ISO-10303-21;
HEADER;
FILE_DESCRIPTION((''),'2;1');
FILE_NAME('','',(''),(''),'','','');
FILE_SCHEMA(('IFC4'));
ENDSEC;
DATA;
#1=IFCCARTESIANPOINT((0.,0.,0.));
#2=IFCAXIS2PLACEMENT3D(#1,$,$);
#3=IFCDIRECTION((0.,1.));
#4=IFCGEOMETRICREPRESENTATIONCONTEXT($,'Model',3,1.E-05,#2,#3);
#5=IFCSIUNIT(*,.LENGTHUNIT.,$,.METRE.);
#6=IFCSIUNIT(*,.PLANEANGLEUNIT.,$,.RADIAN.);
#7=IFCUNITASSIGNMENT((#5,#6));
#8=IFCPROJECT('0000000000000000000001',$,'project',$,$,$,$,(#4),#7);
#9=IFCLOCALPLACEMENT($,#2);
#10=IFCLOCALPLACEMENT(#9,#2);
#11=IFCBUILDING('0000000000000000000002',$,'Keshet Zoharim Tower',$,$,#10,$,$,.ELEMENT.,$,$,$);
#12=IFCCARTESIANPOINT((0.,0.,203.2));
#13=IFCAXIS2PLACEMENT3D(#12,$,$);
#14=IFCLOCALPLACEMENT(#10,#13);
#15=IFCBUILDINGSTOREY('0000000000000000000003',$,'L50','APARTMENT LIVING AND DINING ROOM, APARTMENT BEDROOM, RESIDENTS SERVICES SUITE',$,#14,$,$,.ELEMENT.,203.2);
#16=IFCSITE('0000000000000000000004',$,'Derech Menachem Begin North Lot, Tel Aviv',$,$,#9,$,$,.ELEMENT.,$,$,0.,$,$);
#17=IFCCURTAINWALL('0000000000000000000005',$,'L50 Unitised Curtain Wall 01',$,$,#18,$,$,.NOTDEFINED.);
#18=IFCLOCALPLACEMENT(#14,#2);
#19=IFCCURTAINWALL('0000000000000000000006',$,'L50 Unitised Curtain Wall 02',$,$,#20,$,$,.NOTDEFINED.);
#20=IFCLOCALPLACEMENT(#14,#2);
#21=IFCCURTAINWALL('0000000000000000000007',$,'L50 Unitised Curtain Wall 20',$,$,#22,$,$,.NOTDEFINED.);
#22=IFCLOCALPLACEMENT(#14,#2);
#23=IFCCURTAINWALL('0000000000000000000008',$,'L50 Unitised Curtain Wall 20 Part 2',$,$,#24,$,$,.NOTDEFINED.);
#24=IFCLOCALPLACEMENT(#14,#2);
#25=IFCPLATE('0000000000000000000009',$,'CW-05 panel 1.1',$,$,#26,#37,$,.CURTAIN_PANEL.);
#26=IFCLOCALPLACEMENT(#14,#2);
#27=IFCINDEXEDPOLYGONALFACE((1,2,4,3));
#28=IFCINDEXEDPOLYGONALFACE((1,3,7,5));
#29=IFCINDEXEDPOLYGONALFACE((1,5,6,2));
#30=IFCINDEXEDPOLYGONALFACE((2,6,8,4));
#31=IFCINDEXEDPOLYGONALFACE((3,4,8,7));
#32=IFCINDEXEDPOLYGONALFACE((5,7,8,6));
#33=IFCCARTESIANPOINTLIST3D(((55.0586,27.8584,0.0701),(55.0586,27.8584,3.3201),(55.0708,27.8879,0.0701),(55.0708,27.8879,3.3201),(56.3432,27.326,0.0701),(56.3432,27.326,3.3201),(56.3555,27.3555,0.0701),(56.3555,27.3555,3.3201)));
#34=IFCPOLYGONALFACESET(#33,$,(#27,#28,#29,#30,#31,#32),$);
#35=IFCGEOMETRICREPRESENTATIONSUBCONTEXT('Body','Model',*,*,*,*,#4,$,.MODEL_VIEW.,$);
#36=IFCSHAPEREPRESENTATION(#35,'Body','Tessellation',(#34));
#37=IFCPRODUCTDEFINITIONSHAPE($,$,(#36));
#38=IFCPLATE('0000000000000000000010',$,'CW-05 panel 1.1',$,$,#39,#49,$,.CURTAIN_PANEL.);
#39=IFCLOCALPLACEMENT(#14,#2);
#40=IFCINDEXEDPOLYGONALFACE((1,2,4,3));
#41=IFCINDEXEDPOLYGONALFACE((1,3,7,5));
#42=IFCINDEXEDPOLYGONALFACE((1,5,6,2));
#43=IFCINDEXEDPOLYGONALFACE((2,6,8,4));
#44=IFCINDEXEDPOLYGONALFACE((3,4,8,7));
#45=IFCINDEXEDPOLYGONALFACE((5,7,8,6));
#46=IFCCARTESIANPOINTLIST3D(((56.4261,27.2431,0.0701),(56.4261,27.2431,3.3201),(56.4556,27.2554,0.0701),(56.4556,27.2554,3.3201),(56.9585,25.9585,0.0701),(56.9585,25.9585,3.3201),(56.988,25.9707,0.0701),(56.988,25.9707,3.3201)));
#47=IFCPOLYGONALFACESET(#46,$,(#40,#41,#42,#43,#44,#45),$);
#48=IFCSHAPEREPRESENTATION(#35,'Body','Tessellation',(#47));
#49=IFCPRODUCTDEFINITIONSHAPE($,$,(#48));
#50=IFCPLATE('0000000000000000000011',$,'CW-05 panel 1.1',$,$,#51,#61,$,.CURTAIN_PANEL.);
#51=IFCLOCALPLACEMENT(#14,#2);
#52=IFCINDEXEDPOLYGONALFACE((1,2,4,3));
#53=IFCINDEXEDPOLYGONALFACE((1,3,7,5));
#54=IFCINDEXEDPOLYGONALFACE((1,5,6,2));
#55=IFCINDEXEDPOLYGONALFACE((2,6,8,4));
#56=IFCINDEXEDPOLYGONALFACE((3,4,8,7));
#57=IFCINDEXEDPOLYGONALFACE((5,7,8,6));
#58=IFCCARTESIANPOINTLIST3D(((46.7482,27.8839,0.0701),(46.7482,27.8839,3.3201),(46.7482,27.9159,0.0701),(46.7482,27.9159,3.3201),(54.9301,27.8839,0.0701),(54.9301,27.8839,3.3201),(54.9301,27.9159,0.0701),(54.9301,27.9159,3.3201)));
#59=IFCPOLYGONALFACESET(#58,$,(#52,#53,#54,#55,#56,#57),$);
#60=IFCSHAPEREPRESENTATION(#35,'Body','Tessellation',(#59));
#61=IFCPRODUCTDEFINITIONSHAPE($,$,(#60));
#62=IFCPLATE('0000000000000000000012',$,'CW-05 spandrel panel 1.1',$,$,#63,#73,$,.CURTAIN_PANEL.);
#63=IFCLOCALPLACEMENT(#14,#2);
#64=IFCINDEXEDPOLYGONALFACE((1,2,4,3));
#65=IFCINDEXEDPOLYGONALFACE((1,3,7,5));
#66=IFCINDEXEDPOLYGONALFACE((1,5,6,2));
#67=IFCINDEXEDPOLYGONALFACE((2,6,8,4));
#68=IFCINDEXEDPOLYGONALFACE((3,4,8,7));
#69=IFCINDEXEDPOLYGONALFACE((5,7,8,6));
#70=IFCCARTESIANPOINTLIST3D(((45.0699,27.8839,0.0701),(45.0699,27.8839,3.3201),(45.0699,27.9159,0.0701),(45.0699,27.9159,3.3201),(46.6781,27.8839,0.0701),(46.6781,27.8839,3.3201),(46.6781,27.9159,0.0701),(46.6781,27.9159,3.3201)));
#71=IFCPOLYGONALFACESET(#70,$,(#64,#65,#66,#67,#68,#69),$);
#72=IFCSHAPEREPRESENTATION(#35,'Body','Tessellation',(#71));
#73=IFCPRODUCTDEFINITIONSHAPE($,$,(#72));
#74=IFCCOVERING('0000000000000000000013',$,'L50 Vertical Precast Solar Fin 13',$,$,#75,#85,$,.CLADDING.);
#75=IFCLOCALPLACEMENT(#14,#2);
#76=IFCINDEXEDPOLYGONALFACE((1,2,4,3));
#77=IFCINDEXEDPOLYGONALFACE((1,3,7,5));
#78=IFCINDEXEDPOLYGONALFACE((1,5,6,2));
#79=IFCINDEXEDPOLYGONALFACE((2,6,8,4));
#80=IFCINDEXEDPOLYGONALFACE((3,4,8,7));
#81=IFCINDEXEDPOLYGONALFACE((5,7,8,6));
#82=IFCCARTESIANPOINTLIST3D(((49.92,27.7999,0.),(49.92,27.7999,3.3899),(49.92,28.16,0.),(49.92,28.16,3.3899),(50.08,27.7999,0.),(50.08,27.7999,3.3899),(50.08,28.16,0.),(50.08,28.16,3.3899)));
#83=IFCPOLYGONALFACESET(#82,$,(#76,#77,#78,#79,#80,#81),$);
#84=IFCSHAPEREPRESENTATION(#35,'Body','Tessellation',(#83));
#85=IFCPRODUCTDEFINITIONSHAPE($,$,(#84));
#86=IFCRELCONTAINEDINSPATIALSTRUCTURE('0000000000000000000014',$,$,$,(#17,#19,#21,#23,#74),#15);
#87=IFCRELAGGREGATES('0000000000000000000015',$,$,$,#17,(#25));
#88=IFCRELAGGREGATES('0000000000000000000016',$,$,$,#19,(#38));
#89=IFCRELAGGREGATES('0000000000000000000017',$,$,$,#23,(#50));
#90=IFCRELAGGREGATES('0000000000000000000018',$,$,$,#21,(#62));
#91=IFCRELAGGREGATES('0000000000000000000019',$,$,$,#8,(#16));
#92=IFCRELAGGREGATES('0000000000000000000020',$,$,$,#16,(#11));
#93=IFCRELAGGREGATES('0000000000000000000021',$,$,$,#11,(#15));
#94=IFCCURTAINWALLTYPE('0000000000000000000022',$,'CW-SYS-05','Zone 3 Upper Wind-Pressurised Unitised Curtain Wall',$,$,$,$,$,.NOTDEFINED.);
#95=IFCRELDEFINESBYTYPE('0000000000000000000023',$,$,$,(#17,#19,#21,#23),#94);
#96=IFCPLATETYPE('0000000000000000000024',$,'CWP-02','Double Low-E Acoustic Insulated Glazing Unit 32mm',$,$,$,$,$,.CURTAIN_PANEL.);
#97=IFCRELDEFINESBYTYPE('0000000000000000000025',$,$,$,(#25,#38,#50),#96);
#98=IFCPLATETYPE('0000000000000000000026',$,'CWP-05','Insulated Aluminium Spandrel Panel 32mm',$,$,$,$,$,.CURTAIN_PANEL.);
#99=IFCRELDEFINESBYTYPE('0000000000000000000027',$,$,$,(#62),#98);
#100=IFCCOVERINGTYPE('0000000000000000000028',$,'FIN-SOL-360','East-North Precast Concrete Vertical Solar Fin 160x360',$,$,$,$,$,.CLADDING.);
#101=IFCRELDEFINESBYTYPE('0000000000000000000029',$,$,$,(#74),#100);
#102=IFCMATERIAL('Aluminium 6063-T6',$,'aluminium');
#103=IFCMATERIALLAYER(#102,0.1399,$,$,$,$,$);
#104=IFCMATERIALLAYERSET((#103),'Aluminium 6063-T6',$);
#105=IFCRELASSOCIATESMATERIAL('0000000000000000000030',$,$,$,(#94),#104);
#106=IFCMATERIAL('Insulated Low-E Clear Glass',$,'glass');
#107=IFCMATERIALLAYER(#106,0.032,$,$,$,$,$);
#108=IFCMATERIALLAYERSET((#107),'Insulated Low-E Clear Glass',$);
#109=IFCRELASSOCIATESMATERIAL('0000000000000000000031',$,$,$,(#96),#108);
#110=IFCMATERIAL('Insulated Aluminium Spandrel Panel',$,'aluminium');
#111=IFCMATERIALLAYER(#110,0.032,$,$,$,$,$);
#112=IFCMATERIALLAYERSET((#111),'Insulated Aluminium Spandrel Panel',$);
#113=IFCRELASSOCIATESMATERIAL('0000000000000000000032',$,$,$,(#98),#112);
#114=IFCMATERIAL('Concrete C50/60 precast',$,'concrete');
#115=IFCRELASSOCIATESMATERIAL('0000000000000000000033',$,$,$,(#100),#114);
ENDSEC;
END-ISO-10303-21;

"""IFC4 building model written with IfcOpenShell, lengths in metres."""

from ifc_helpers import new_model, si_unit, direction, frame, origin, origin_2d, place, context, subcontext, project, spatial, rectangle, extrude, material, layer, layer_set, type_object, element, aggregate, save


model = new_model("IFC4")

# Units and contexts
model_context = context("Model", 3, precision=1e-05, world=origin(), true_north=direction((0.0, 1.0)))
body_context = subcontext(model_context, "Body", "Model", "MODEL_VIEW")
ifc_project = project(units=[si_unit("LENGTHUNIT", "METRE"), si_unit("PLANEANGLEUNIT", "RADIAN")], contexts=[model_context])

# Site, building, storey
site_placement = place(None, origin())
site = spatial("IfcSite", under=ifc_project, at=site_placement, Name="Derech Menachem Begin North Lot, Tel Aviv", CompositionType="ELEMENT", RefElevation=0.0)
building_placement = place(site_placement, origin())
building = spatial("IfcBuilding", under=site, at=building_placement, Name="Keshet Zoharim Tower", CompositionType="ELEMENT")
storey_placement = place(building_placement, frame((0.0, 0.0, 203.2)))
storey = spatial("IfcBuildingStorey", under=building, at=storey_placement, Name="L50", Description="APARTMENT LIVING AND DINING ROOM, APARTMENT BEDROOM, RESIDENTS SERVICES SUITE", CompositionType="ELEMENT", Elevation=203.2)

# Curtain walls
ifc_material_1 = material(Name="Aluminium 6063-T6", Category="aluminium")
ifc_layer_1 = layer(ifc_material_1, 0.1399)
ifc_layer_set_1 = layer_set([ifc_layer_1], Name="Aluminium 6063-T6")
curtain_wall_type = type_object("IfcCurtainWallType", Name="CW-SYS-05", Description="Zone 3 Upper Wind-Pressurised Unitised Curtain Wall", PredefinedType="NOTDEFINED", material=ifc_layer_set_1)
curtain_wall_1_placement = place(storey_placement, origin())
curtain_wall_1 = element("IfcCurtainWall", 1, at=curtain_wall_1_placement, inside=storey, type_object=curtain_wall_type, Name="L50 Unitised Curtain Wall 01", PredefinedType="NOTDEFINED")
curtain_wall_2_placement = place(storey_placement, origin())
curtain_wall_2 = element("IfcCurtainWall", 2, at=curtain_wall_2_placement, inside=storey, type_object=curtain_wall_type, Name="L50 Unitised Curtain Wall 02", PredefinedType="NOTDEFINED")

# Curtain wall
curtain_wall_3_placement = place(storey_placement, origin())
curtain_wall_3 = element("IfcCurtainWall", 3, at=curtain_wall_3_placement, inside=storey, type_object=curtain_wall_type, Name="L50 Unitised Curtain Wall 20", PredefinedType="NOTDEFINED")

# Curtain wall
curtain_wall_4_placement = place(storey_placement, origin())
curtain_wall_4 = element("IfcCurtainWall", 4, at=curtain_wall_4_placement, inside=storey, type_object=curtain_wall_type, Name="L50 Unitised Curtain Wall 20 Part 2", PredefinedType="NOTDEFINED")

# Plates
ifc_material_2 = material(Name="Insulated Low-E Clear Glass", Category="glass")
ifc_layer_2 = layer(ifc_material_2, 0.032)
ifc_layer_set_2 = layer_set([ifc_layer_2], Name="Insulated Low-E Clear Glass")
plate_type_1 = type_object("IfcPlateType", Name="CWP-02", Description="Double Low-E Acoustic Insulated Glazing Unit 32mm", PredefinedType="CURTAIN_PANEL", material=ifc_layer_set_2)
plate_1_placement = place(storey_placement, frame((55.707, 27.6069, 0.0701), z_axis=(0.0, 0.0, 1.0), x_axis=(0.92381, -0.382852, 0.0)))
plate_1 = element("IfcPlate", 5, at=plate_1_placement, type_object=plate_type_1, Name="CW-05 panel 1.1", PredefinedType="CURTAIN_PANEL", context=body_context, shape_type="SweptSolid", body=[
    extrude(rectangle(XDim=1.3906, YDim=0.032, at=origin_2d()), origin(), (0.0, 0.0, 1.0), 3.25),
])
aggregate(curtain_wall_1, [plate_1])
plate_2_placement = place(storey_placement, frame((56.707, 26.6069, 0.0701), z_axis=(0.0, 0.0, 1.0), x_axis=(0.382852, -0.92381, 0.0)))
plate_2 = element("IfcPlate", 6, at=plate_2_placement, type_object=plate_type_1, Name="CW-05 panel 1.1", PredefinedType="CURTAIN_PANEL", context=body_context, shape_type="SweptSolid", body=[
    extrude(rectangle(XDim=1.3906, YDim=0.032, at=origin_2d()), origin(), (0.0, 0.0, 1.0), 3.25),
])
aggregate(curtain_wall_2, [plate_2])
plate_3_placement = place(storey_placement, frame((50.8391, 27.8999, 0.0701), z_axis=(0.0, 0.0, 1.0), x_axis=(1.0, 0.0, 0.0)))
plate_3 = element("IfcPlate", 7, at=plate_3_placement, type_object=plate_type_1, Name="CW-05 panel 1.1", PredefinedType="CURTAIN_PANEL", context=body_context, shape_type="SweptSolid", body=[
    extrude(rectangle(XDim=8.1819, YDim=0.032, at=origin_2d()), origin(), (0.0, 0.0, 1.0), 3.25),
])
aggregate(curtain_wall_4, [plate_3])
ifc_material_3 = material(Name="Insulated Aluminium Spandrel Panel", Category="aluminium")
ifc_layer_3 = layer(ifc_material_3, 0.032)
ifc_layer_set_3 = layer_set([ifc_layer_3], Name="Insulated Aluminium Spandrel Panel")
plate_type_2 = type_object("IfcPlateType", Name="CWP-05", Description="Insulated Aluminium Spandrel Panel 32mm", PredefinedType="CURTAIN_PANEL", material=ifc_layer_set_3)
plate_4_placement = place(storey_placement, frame((45.874, 27.8999, 0.0701), z_axis=(0.0, 0.0, 1.0), x_axis=(1.0, 0.0, 0.0)))
plate_4 = element("IfcPlate", 8, at=plate_4_placement, type_object=plate_type_2, Name="CW-05 spandrel panel 1.1", PredefinedType="CURTAIN_PANEL", context=body_context, shape_type="SweptSolid", body=[
    extrude(rectangle(XDim=1.6082, YDim=0.032, at=origin_2d()), origin(), (0.0, 0.0, 1.0), 3.25),
])
aggregate(curtain_wall_3, [plate_4])

# Covering
ifc_material_4 = material(Name="Concrete C50/60 precast", Category="concrete")
covering_type = type_object("IfcCoveringType", Name="FIN-SOL-360", Description="East-North Precast Concrete Vertical Solar Fin 160x360", PredefinedType="CLADDING", material=ifc_material_4)
covering_placement = place(storey_placement, frame((50.0, 27.98, 0.0), z_axis=(0.0, 0.0, 1.0), x_axis=(1.0, 0.0, 0.0)))
element("IfcCovering", 9, at=covering_placement, inside=storey, type_object=covering_type, Name="L50 Vertical Precast Solar Fin 13", PredefinedType="CLADDING", context=body_context, shape_type="SweptSolid", body=[
    extrude(rectangle(XDim=0.1599, YDim=0.3601, at=origin_2d()), origin(), (0.0, 0.0, 1.0), 3.3899),
])

save(model, "model.ifc")
